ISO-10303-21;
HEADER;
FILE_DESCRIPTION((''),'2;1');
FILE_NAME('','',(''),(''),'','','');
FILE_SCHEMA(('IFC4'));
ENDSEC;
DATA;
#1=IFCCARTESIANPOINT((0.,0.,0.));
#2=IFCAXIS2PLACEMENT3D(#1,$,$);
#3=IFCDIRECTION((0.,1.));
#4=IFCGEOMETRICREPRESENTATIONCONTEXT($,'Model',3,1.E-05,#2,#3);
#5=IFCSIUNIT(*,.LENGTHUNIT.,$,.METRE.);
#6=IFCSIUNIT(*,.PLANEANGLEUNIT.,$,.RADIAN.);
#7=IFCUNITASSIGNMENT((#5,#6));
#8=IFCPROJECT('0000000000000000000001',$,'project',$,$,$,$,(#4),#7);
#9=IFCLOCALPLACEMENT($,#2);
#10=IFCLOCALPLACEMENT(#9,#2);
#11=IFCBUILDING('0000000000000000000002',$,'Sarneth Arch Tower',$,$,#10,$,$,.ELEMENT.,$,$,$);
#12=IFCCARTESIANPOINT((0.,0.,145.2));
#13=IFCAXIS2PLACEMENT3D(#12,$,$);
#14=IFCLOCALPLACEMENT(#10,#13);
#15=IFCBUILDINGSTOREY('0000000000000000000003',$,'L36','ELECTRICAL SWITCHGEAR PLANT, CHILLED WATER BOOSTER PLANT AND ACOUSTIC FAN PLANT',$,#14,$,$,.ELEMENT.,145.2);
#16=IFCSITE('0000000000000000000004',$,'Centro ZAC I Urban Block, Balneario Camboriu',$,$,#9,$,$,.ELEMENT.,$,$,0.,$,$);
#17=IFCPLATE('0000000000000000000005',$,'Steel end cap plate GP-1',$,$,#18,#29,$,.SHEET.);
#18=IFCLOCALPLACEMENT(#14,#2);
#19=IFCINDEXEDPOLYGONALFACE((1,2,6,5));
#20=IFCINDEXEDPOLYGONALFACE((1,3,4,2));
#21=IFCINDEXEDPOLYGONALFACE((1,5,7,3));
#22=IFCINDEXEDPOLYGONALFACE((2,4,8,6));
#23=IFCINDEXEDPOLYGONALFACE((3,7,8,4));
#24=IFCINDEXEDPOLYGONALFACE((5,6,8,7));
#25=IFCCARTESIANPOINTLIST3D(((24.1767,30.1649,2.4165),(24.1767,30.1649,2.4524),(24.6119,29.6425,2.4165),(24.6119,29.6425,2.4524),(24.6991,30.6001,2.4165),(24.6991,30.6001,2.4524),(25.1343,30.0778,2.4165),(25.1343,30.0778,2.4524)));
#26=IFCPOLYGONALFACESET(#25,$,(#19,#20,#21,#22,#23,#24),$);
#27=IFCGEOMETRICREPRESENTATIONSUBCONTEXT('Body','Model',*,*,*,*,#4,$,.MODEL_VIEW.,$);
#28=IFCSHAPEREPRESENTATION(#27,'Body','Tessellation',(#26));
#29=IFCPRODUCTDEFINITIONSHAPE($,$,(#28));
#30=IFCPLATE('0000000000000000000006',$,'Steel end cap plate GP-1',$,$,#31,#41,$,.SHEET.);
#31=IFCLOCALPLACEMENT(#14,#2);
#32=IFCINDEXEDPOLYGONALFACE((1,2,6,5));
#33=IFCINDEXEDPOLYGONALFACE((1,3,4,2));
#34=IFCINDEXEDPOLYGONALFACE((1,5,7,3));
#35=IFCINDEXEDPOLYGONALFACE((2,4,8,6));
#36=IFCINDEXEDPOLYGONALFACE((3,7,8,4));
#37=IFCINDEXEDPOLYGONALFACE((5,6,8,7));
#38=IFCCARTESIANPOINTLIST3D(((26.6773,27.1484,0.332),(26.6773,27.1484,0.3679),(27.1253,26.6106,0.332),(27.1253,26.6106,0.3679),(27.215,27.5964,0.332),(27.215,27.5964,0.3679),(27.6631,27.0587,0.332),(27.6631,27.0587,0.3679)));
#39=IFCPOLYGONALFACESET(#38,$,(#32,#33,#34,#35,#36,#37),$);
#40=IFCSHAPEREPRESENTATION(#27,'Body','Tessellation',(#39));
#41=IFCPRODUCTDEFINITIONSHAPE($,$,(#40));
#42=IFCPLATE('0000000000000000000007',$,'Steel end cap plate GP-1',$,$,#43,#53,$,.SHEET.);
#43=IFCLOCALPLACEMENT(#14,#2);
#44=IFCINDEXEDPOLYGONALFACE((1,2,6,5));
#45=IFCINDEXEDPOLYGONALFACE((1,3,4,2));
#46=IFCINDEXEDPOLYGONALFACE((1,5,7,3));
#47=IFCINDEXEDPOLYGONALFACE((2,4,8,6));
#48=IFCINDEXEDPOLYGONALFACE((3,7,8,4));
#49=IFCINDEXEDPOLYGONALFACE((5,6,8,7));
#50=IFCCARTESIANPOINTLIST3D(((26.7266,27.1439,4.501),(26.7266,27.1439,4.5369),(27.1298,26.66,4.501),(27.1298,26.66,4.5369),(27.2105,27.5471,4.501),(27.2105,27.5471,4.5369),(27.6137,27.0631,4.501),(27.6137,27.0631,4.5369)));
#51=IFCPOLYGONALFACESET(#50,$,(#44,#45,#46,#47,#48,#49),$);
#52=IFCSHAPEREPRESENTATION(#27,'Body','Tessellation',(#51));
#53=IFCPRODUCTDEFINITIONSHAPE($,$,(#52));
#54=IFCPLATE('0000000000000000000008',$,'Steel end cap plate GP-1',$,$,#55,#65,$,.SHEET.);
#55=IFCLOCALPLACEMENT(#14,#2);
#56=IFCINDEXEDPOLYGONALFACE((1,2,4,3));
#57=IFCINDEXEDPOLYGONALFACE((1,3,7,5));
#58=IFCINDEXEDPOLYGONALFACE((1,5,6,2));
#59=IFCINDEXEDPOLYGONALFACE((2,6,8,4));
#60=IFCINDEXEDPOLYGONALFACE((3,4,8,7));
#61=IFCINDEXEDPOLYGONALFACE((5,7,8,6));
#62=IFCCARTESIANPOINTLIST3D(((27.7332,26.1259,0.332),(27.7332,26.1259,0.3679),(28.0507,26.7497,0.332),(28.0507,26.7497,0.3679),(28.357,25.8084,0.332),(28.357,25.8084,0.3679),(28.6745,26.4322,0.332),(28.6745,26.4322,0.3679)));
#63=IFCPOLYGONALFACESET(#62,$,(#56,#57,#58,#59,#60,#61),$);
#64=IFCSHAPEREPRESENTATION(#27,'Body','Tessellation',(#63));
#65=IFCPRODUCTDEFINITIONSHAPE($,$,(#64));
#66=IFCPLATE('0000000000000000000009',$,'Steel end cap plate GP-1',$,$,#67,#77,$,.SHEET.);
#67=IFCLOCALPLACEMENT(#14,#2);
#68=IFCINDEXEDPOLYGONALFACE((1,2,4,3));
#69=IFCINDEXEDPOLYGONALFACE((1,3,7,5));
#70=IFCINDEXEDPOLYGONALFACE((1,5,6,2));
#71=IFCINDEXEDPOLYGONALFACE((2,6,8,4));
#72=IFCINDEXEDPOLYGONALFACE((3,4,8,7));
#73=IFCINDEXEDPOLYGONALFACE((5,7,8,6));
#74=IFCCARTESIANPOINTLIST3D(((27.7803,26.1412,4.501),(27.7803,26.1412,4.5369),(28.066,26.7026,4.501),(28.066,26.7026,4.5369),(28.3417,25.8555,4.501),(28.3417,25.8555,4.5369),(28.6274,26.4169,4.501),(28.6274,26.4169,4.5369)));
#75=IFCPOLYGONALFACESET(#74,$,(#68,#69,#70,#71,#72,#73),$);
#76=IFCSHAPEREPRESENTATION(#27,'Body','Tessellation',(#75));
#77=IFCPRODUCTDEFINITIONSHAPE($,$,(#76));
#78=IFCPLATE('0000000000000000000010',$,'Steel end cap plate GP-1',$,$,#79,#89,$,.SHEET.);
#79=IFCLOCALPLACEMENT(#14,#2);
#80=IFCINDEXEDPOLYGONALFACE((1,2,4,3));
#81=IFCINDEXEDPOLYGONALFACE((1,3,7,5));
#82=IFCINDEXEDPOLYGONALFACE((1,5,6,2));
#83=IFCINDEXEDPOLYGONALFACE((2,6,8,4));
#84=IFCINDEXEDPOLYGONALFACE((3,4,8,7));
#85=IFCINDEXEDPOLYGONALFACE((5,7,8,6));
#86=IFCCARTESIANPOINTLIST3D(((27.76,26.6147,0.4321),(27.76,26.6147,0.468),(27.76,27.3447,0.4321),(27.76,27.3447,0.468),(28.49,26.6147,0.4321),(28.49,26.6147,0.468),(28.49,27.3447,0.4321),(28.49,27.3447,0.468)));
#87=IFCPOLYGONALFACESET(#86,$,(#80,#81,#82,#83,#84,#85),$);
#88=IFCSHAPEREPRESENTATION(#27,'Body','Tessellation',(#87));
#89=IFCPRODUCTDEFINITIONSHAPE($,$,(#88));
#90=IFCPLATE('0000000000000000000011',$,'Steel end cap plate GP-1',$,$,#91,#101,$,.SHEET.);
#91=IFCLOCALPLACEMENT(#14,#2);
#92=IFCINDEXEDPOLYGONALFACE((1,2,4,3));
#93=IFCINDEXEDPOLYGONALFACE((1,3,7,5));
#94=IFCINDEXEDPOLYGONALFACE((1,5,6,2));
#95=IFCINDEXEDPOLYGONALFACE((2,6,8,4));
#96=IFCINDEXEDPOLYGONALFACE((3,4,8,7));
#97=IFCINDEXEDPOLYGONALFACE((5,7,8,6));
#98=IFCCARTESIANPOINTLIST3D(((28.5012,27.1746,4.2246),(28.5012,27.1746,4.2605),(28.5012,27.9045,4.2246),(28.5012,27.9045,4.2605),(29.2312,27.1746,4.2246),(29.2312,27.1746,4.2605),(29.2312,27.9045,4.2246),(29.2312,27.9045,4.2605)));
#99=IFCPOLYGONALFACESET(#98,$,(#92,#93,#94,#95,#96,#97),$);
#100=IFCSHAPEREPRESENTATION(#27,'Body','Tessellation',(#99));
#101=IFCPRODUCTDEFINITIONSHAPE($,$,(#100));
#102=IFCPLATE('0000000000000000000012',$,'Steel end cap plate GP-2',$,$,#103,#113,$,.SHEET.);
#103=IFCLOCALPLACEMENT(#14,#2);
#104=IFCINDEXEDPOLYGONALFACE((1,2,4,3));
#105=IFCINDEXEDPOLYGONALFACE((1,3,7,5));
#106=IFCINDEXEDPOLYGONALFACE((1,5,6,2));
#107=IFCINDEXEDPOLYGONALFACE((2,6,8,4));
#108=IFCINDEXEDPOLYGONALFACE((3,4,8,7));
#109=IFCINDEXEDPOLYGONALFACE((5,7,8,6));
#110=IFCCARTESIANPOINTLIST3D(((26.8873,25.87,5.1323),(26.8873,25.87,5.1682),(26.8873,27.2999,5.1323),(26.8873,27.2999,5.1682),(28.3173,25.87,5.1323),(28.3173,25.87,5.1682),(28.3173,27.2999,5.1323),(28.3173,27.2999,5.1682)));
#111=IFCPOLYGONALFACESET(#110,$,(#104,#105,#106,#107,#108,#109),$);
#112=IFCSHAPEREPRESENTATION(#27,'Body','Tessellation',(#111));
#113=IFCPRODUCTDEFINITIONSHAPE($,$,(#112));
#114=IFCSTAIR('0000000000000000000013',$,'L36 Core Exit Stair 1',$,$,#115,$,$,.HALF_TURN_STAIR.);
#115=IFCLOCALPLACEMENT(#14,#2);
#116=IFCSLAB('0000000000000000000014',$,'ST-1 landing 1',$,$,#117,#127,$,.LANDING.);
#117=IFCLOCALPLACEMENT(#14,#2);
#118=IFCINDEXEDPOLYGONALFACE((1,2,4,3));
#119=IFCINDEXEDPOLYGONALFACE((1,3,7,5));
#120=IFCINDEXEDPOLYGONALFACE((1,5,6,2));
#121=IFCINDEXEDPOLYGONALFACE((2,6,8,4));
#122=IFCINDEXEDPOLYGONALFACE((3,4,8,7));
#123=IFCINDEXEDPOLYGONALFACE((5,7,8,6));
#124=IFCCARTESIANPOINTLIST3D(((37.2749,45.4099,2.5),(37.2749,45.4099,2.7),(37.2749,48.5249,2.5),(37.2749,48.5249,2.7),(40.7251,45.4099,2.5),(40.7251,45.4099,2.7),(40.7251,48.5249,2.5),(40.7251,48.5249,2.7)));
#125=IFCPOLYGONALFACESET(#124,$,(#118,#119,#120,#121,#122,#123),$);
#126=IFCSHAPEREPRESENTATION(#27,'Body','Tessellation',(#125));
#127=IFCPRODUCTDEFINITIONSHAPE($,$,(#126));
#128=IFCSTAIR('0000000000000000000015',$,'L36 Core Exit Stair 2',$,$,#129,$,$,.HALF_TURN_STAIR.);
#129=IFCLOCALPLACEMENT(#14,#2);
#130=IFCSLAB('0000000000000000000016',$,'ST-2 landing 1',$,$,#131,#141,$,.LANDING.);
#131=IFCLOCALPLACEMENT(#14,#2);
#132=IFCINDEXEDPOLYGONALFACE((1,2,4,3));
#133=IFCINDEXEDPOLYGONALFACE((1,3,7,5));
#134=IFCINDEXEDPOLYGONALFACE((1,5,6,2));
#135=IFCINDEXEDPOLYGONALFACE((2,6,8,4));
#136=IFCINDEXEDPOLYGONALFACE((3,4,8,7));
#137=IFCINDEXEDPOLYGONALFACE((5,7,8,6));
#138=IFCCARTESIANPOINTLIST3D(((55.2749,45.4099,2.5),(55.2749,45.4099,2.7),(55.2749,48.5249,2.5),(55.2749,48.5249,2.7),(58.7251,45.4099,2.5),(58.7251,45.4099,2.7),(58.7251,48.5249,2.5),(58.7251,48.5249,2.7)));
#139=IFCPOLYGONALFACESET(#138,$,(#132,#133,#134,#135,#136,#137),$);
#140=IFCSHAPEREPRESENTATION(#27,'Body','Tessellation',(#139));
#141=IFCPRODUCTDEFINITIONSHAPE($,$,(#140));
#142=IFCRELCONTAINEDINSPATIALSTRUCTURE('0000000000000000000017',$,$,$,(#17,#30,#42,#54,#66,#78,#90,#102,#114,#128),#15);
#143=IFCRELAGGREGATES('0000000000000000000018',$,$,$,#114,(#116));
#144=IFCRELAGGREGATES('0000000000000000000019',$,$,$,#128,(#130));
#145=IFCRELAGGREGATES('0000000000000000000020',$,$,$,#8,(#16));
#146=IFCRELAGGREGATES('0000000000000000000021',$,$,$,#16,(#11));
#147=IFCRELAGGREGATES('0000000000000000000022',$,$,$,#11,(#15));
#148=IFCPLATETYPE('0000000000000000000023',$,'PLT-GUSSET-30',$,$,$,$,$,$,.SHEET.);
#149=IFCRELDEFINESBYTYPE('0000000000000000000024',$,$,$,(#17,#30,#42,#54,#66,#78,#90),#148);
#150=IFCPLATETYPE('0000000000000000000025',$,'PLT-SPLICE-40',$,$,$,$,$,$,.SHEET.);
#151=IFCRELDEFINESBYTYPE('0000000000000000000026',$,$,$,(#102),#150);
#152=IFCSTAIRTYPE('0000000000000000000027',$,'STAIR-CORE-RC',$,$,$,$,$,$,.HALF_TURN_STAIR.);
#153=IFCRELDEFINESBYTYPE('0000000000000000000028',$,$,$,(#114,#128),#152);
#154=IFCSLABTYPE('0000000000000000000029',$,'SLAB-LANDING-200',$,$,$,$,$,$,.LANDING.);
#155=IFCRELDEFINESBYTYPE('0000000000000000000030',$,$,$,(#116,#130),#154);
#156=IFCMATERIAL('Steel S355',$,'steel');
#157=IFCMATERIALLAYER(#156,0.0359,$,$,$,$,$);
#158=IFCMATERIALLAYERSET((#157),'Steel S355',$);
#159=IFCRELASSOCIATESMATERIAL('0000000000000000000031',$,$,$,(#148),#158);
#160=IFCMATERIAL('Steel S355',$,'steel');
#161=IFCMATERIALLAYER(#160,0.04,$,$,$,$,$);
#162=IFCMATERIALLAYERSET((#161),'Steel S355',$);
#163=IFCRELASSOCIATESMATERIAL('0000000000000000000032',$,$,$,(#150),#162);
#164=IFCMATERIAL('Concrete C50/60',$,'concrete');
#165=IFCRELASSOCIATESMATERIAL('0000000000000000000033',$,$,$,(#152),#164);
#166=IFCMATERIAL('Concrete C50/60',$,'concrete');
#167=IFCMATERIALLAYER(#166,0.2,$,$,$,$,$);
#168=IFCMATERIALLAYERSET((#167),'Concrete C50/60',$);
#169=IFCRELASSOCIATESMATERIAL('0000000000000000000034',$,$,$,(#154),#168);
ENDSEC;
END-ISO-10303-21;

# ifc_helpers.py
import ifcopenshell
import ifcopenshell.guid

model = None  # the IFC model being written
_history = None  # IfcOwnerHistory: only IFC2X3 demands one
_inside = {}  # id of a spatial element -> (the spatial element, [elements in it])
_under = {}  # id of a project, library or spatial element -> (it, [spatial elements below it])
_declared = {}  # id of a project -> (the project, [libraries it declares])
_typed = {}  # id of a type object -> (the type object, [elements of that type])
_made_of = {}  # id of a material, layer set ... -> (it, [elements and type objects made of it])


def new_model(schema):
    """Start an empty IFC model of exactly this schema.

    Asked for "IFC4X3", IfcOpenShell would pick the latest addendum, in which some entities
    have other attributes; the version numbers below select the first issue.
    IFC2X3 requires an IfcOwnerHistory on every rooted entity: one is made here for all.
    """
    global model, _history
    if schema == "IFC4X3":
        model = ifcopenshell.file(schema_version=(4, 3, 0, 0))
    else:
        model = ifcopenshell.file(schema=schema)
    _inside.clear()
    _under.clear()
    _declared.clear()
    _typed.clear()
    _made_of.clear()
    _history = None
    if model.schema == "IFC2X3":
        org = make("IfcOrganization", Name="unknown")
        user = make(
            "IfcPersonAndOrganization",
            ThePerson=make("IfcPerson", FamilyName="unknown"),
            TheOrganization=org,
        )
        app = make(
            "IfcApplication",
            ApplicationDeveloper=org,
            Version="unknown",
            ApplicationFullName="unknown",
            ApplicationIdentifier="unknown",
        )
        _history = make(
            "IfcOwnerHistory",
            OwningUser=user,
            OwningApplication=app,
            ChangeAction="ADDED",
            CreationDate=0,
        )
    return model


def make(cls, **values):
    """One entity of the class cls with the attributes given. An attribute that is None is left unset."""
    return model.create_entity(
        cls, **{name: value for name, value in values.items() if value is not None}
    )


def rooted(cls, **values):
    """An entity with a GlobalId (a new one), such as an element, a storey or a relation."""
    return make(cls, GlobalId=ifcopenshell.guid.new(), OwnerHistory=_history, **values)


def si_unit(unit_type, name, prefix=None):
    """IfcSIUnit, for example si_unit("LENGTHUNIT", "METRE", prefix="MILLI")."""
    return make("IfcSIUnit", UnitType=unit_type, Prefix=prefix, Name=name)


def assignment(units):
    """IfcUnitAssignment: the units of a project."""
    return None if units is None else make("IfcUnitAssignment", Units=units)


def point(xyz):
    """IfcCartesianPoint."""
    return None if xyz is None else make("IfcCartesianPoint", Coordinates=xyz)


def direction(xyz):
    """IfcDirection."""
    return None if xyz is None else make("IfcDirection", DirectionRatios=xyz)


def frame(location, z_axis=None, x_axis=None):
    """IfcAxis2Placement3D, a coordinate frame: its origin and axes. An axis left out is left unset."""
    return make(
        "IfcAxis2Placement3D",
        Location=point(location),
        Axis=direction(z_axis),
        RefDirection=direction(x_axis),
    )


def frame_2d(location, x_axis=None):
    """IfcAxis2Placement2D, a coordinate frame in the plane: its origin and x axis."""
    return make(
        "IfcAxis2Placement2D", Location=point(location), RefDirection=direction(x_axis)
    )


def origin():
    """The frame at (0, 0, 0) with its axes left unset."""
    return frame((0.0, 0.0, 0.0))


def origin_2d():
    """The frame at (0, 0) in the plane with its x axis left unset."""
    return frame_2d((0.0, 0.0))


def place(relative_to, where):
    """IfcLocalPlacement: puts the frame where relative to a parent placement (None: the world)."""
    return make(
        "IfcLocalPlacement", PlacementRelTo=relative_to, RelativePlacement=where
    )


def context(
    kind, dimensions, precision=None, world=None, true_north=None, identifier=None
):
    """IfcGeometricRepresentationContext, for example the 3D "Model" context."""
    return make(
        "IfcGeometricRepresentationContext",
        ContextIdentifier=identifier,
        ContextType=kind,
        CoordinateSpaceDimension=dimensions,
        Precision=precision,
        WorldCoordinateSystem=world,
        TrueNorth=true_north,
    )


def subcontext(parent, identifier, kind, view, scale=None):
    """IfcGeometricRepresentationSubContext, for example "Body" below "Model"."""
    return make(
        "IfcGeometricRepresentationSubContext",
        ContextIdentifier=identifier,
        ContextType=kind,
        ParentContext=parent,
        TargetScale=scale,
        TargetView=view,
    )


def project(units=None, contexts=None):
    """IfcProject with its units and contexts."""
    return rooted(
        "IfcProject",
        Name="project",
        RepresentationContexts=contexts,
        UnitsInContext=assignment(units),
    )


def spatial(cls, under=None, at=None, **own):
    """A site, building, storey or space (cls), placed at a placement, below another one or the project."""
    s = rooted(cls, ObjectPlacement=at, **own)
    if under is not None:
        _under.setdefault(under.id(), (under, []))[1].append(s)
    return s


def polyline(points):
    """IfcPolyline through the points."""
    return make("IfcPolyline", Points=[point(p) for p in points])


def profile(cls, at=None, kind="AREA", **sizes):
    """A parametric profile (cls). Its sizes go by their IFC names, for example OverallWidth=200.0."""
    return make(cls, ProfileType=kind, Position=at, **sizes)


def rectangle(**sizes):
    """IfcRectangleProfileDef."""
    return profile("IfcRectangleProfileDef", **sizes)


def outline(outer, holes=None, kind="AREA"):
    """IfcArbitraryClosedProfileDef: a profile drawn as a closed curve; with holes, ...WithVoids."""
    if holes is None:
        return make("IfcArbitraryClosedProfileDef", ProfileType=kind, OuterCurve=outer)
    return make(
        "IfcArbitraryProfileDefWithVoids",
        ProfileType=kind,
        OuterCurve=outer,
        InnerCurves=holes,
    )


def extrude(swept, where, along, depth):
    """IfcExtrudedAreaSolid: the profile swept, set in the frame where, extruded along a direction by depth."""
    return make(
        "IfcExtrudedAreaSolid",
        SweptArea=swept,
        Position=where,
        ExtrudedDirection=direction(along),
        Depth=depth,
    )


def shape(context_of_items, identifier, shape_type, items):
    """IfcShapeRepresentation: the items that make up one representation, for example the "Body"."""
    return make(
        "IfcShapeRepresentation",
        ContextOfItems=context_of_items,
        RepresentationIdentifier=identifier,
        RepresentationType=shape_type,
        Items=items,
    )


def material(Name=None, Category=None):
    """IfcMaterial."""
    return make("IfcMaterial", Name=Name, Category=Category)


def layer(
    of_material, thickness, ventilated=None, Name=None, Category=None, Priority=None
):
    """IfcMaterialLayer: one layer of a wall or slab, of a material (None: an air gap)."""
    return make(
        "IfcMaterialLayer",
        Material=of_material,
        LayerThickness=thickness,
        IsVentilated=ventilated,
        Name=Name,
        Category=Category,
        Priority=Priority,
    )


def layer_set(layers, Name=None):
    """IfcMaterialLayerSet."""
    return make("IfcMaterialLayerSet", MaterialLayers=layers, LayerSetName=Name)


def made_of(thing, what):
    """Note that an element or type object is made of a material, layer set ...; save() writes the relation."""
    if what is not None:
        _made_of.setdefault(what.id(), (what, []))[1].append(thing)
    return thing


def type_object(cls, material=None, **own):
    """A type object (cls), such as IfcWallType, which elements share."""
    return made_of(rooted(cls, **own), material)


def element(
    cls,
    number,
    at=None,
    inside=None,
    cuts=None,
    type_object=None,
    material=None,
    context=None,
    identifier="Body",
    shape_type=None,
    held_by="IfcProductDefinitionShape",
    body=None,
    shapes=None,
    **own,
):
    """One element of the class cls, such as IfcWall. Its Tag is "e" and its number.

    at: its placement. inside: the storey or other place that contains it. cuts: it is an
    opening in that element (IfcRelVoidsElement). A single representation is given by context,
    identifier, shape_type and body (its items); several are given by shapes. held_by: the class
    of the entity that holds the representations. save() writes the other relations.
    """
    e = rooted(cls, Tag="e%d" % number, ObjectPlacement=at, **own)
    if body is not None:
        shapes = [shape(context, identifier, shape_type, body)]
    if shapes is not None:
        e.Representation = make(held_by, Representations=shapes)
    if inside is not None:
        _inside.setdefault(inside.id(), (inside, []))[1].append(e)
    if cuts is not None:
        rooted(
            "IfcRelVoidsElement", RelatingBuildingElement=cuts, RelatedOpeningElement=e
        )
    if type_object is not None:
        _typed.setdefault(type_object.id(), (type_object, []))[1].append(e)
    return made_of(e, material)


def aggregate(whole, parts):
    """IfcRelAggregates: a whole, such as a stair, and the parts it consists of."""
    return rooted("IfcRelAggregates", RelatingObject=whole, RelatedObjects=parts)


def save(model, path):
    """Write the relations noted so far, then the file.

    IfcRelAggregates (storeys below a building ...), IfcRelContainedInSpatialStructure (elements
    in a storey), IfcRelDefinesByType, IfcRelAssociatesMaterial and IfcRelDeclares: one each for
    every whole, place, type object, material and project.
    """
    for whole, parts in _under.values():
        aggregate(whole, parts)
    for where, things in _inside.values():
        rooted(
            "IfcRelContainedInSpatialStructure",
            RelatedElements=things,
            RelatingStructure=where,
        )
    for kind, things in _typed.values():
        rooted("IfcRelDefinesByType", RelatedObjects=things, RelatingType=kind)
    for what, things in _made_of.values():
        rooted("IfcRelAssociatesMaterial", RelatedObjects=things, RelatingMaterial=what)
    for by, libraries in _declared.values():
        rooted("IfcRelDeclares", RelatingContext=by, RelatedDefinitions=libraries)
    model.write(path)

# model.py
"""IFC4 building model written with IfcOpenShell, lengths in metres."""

from ifc_helpers import new_model, si_unit, direction, frame, origin, origin_2d, place, context, subcontext, project, spatial, polyline, rectangle, outline, extrude, material, layer, layer_set, type_object, element, aggregate, save


model = new_model("IFC4")

# Units and contexts
model_context = context("Model", 3, precision=1e-05, world=origin(), true_north=direction((0.0, 1.0)))
body_context = subcontext(model_context, "Body", "Model", "MODEL_VIEW")
ifc_project = project(units=[si_unit("LENGTHUNIT", "METRE"), si_unit("PLANEANGLEUNIT", "RADIAN")], contexts=[model_context])

# Site, building, storey
site_placement = place(None, origin())
site = spatial("IfcSite", under=ifc_project, at=site_placement, Name="Centro ZAC I Urban Block, Balneario Camboriu", CompositionType="ELEMENT", RefElevation=0.0)
building_placement = place(site_placement, origin())
building = spatial("IfcBuilding", under=site, at=building_placement, Name="Sarneth Arch Tower", CompositionType="ELEMENT")
storey_placement = place(building_placement, frame((0.0, 0.0, 145.2)))
storey = spatial("IfcBuildingStorey", under=building, at=storey_placement, Name="L36", Description="ELECTRICAL SWITCHGEAR PLANT, CHILLED WATER BOOSTER PLANT AND ACOUSTIC FAN PLANT", CompositionType="ELEMENT", Elevation=145.2)

# Plates
ifc_material_1 = material(Name="Steel S355", Category="steel")
ifc_layer_1 = layer(ifc_material_1, 0.0359)
ifc_layer_set_1 = layer_set([ifc_layer_1], Name="Steel S355")
plate_type_1 = type_object("IfcPlateType", Name="PLT-GUSSET-30", PredefinedType="SHEET", material=ifc_layer_set_1)
plate_1_placement = place(storey_placement, frame((24.6555, 30.1213, 2.4165), z_axis=(0.0, 0.0, 1.0), x_axis=(0.64011, -0.768284, 0.0)))
element("IfcPlate", 1, at=plate_1_placement, inside=storey, type_object=plate_type_1, Name="Steel end cap plate GP-1", PredefinedType="SHEET", context=body_context, shape_type="SweptSolid", body=[
    extrude(rectangle(XDim=0.6799, YDim=0.6799, at=origin_2d()), origin(), (0.0, 0.0, 1.0), 0.0359),
])
plate_2_placement = place(storey_placement, frame((27.1702, 27.1035, 0.332), z_axis=(0.0, 0.0, 1.0), x_axis=(0.64011, -0.768284, 0.0)))
element("IfcPlate", 2, at=plate_2_placement, inside=storey, type_object=plate_type_1, Name="Steel end cap plate GP-1", PredefinedType="SHEET", context=body_context, shape_type="SweptSolid", body=[
    extrude(rectangle(XDim=0.7, YDim=0.7, at=origin_2d()), origin(), (0.0, 0.0, 1.0), 0.0359),
])
plate_3_placement = place(storey_placement, frame((27.1702, 27.1035, 4.501), z_axis=(0.0, 0.0, 1.0), x_axis=(0.64011, -0.768284, 0.0)))
element("IfcPlate", 3, at=plate_3_placement, inside=storey, type_object=plate_type_1, Name="Steel end cap plate GP-1", PredefinedType="SHEET", context=body_context, shape_type="SweptSolid", body=[
    extrude(rectangle(XDim=0.6299, YDim=0.6299, at=origin_2d()), origin(), (0.0, 0.0, 1.0), 0.0359),
])
plate_4_placement = place(storey_placement, frame((28.2039, 26.2791, 0.332), z_axis=(0.0, 0.0, 1.0), x_axis=(-0.891244, 0.453524, 0.0)))
element("IfcPlate", 4, at=plate_4_placement, inside=storey, type_object=plate_type_1, Name="Steel end cap plate GP-1", PredefinedType="SHEET", context=body_context, shape_type="SweptSolid", body=[
    extrude(rectangle(XDim=0.7, YDim=0.7, at=origin_2d()), origin(), (0.0, 0.0, 1.0), 0.0359),
])
plate_5_placement = place(storey_placement, frame((28.2039, 26.2791, 4.501), z_axis=(0.0, 0.0, 1.0), x_axis=(-0.891244, 0.453524, 0.0)))
element("IfcPlate", 5, at=plate_5_placement, inside=storey, type_object=plate_type_1, Name="Steel end cap plate GP-1", PredefinedType="SHEET", context=body_context, shape_type="SweptSolid", body=[
    extrude(rectangle(XDim=0.6299, YDim=0.6299, at=origin_2d()), origin(), (0.0, 0.0, 1.0), 0.0359),
])
for number, where, z_axis, x_axis, name in (
    (6, (28.125, 26.9797, 0.4321), (0.0, 0.0, 1.0), (1.0, 0.0, 0.0), "Steel end cap plate GP-1"),
    (7, (28.8662, 27.5396, 4.2246), (0.0, 0.0, 1.0), (1.0, 0.0, 0.0), "Steel end cap plate GP-1"),
):
    element("IfcPlate", number, at=place(storey_placement, frame(where, z_axis=z_axis, x_axis=x_axis)), inside=storey, type_object=plate_type_1, Name=name, PredefinedType="SHEET", context=body_context, shape_type="SweptSolid", body=[
        extrude(rectangle(XDim=0.73, YDim=0.73, at=origin_2d()), origin(), (0.0, 0.0, 1.0), 0.0359),
    ])
ifc_material_2 = material(Name="Steel S355", Category="steel")
ifc_layer_2 = layer(ifc_material_2, 0.04)
ifc_layer_set_2 = layer_set([ifc_layer_2], Name="Steel S355")
plate_type_2 = type_object("IfcPlateType", Name="PLT-SPLICE-40", PredefinedType="SHEET", material=ifc_layer_set_2)
plate_6_placement = place(storey_placement, frame((27.6023, 26.585, 5.1323), z_axis=(0.0, 0.0, 1.0), x_axis=(1.0, 0.0, 0.0)))
element("IfcPlate", 8, at=plate_6_placement, inside=storey, type_object=plate_type_2, Name="Steel end cap plate GP-2", PredefinedType="SHEET", context=body_context, shape_type="SweptSolid", body=[
    extrude(rectangle(XDim=1.4299, YDim=1.4299, at=origin_2d()), origin(), (0.0, 0.0, 1.0), 0.0359),
])

# Stairs, slabs
ifc_material_3 = material(Name="Concrete C50/60", Category="concrete")
stair_type = type_object("IfcStairType", Name="STAIR-CORE-RC", PredefinedType="HALF_TURN_STAIR", material=ifc_material_3)
stair_1_placement = place(storey_placement, origin())
stair_1 = element("IfcStair", 9, at=stair_1_placement, inside=storey, type_object=stair_type, Name="L36 Core Exit Stair 1", PredefinedType="HALF_TURN_STAIR")
ifc_material_4 = material(Name="Concrete C50/60", Category="concrete")
ifc_layer_3 = layer(ifc_material_4, 0.2)
ifc_layer_set_3 = layer_set([ifc_layer_3], Name="Concrete C50/60")
slab_type_1 = type_object("IfcSlabType", Name="SLAB-LANDING-200", PredefinedType="LANDING", material=ifc_layer_set_3)
slab_1_placement = place(storey_placement, frame((0.0, 0.0, 2.5)))
slab_1 = element("IfcSlab", 10, at=slab_1_placement, type_object=slab_type_1, Name="ST-1 landing 1", PredefinedType="LANDING", context=body_context, shape_type="SweptSolid", body=[
    extrude(outline(polyline([(37.2749, 45.4099), (40.7251, 45.4099), (40.7251, 48.5249), (37.2749, 48.5249), (37.2749, 45.4099)])), origin(), (0.0, 0.0, 1.0), 0.2),
])
aggregate(stair_1, [slab_1])
stair_2_placement = place(storey_placement, origin())
stair_2 = element("IfcStair", 11, at=stair_2_placement, inside=storey, type_object=stair_type, Name="L36 Core Exit Stair 2", PredefinedType="HALF_TURN_STAIR")
slab_2_placement = place(storey_placement, frame((0.0, 0.0, 2.5)))
slab_2 = element("IfcSlab", 12, at=slab_2_placement, type_object=slab_type_1, Name="ST-2 landing 1", PredefinedType="LANDING", context=body_context, shape_type="SweptSolid", body=[
    extrude(outline(polyline([(55.2749, 45.4099), (58.7251, 45.4099), (58.7251, 48.5249), (55.2749, 48.5249), (55.2749, 45.4099)])), origin(), (0.0, 0.0, 1.0), 0.2),
])
aggregate(stair_2, [slab_2])

save(model, "model.ifc")
